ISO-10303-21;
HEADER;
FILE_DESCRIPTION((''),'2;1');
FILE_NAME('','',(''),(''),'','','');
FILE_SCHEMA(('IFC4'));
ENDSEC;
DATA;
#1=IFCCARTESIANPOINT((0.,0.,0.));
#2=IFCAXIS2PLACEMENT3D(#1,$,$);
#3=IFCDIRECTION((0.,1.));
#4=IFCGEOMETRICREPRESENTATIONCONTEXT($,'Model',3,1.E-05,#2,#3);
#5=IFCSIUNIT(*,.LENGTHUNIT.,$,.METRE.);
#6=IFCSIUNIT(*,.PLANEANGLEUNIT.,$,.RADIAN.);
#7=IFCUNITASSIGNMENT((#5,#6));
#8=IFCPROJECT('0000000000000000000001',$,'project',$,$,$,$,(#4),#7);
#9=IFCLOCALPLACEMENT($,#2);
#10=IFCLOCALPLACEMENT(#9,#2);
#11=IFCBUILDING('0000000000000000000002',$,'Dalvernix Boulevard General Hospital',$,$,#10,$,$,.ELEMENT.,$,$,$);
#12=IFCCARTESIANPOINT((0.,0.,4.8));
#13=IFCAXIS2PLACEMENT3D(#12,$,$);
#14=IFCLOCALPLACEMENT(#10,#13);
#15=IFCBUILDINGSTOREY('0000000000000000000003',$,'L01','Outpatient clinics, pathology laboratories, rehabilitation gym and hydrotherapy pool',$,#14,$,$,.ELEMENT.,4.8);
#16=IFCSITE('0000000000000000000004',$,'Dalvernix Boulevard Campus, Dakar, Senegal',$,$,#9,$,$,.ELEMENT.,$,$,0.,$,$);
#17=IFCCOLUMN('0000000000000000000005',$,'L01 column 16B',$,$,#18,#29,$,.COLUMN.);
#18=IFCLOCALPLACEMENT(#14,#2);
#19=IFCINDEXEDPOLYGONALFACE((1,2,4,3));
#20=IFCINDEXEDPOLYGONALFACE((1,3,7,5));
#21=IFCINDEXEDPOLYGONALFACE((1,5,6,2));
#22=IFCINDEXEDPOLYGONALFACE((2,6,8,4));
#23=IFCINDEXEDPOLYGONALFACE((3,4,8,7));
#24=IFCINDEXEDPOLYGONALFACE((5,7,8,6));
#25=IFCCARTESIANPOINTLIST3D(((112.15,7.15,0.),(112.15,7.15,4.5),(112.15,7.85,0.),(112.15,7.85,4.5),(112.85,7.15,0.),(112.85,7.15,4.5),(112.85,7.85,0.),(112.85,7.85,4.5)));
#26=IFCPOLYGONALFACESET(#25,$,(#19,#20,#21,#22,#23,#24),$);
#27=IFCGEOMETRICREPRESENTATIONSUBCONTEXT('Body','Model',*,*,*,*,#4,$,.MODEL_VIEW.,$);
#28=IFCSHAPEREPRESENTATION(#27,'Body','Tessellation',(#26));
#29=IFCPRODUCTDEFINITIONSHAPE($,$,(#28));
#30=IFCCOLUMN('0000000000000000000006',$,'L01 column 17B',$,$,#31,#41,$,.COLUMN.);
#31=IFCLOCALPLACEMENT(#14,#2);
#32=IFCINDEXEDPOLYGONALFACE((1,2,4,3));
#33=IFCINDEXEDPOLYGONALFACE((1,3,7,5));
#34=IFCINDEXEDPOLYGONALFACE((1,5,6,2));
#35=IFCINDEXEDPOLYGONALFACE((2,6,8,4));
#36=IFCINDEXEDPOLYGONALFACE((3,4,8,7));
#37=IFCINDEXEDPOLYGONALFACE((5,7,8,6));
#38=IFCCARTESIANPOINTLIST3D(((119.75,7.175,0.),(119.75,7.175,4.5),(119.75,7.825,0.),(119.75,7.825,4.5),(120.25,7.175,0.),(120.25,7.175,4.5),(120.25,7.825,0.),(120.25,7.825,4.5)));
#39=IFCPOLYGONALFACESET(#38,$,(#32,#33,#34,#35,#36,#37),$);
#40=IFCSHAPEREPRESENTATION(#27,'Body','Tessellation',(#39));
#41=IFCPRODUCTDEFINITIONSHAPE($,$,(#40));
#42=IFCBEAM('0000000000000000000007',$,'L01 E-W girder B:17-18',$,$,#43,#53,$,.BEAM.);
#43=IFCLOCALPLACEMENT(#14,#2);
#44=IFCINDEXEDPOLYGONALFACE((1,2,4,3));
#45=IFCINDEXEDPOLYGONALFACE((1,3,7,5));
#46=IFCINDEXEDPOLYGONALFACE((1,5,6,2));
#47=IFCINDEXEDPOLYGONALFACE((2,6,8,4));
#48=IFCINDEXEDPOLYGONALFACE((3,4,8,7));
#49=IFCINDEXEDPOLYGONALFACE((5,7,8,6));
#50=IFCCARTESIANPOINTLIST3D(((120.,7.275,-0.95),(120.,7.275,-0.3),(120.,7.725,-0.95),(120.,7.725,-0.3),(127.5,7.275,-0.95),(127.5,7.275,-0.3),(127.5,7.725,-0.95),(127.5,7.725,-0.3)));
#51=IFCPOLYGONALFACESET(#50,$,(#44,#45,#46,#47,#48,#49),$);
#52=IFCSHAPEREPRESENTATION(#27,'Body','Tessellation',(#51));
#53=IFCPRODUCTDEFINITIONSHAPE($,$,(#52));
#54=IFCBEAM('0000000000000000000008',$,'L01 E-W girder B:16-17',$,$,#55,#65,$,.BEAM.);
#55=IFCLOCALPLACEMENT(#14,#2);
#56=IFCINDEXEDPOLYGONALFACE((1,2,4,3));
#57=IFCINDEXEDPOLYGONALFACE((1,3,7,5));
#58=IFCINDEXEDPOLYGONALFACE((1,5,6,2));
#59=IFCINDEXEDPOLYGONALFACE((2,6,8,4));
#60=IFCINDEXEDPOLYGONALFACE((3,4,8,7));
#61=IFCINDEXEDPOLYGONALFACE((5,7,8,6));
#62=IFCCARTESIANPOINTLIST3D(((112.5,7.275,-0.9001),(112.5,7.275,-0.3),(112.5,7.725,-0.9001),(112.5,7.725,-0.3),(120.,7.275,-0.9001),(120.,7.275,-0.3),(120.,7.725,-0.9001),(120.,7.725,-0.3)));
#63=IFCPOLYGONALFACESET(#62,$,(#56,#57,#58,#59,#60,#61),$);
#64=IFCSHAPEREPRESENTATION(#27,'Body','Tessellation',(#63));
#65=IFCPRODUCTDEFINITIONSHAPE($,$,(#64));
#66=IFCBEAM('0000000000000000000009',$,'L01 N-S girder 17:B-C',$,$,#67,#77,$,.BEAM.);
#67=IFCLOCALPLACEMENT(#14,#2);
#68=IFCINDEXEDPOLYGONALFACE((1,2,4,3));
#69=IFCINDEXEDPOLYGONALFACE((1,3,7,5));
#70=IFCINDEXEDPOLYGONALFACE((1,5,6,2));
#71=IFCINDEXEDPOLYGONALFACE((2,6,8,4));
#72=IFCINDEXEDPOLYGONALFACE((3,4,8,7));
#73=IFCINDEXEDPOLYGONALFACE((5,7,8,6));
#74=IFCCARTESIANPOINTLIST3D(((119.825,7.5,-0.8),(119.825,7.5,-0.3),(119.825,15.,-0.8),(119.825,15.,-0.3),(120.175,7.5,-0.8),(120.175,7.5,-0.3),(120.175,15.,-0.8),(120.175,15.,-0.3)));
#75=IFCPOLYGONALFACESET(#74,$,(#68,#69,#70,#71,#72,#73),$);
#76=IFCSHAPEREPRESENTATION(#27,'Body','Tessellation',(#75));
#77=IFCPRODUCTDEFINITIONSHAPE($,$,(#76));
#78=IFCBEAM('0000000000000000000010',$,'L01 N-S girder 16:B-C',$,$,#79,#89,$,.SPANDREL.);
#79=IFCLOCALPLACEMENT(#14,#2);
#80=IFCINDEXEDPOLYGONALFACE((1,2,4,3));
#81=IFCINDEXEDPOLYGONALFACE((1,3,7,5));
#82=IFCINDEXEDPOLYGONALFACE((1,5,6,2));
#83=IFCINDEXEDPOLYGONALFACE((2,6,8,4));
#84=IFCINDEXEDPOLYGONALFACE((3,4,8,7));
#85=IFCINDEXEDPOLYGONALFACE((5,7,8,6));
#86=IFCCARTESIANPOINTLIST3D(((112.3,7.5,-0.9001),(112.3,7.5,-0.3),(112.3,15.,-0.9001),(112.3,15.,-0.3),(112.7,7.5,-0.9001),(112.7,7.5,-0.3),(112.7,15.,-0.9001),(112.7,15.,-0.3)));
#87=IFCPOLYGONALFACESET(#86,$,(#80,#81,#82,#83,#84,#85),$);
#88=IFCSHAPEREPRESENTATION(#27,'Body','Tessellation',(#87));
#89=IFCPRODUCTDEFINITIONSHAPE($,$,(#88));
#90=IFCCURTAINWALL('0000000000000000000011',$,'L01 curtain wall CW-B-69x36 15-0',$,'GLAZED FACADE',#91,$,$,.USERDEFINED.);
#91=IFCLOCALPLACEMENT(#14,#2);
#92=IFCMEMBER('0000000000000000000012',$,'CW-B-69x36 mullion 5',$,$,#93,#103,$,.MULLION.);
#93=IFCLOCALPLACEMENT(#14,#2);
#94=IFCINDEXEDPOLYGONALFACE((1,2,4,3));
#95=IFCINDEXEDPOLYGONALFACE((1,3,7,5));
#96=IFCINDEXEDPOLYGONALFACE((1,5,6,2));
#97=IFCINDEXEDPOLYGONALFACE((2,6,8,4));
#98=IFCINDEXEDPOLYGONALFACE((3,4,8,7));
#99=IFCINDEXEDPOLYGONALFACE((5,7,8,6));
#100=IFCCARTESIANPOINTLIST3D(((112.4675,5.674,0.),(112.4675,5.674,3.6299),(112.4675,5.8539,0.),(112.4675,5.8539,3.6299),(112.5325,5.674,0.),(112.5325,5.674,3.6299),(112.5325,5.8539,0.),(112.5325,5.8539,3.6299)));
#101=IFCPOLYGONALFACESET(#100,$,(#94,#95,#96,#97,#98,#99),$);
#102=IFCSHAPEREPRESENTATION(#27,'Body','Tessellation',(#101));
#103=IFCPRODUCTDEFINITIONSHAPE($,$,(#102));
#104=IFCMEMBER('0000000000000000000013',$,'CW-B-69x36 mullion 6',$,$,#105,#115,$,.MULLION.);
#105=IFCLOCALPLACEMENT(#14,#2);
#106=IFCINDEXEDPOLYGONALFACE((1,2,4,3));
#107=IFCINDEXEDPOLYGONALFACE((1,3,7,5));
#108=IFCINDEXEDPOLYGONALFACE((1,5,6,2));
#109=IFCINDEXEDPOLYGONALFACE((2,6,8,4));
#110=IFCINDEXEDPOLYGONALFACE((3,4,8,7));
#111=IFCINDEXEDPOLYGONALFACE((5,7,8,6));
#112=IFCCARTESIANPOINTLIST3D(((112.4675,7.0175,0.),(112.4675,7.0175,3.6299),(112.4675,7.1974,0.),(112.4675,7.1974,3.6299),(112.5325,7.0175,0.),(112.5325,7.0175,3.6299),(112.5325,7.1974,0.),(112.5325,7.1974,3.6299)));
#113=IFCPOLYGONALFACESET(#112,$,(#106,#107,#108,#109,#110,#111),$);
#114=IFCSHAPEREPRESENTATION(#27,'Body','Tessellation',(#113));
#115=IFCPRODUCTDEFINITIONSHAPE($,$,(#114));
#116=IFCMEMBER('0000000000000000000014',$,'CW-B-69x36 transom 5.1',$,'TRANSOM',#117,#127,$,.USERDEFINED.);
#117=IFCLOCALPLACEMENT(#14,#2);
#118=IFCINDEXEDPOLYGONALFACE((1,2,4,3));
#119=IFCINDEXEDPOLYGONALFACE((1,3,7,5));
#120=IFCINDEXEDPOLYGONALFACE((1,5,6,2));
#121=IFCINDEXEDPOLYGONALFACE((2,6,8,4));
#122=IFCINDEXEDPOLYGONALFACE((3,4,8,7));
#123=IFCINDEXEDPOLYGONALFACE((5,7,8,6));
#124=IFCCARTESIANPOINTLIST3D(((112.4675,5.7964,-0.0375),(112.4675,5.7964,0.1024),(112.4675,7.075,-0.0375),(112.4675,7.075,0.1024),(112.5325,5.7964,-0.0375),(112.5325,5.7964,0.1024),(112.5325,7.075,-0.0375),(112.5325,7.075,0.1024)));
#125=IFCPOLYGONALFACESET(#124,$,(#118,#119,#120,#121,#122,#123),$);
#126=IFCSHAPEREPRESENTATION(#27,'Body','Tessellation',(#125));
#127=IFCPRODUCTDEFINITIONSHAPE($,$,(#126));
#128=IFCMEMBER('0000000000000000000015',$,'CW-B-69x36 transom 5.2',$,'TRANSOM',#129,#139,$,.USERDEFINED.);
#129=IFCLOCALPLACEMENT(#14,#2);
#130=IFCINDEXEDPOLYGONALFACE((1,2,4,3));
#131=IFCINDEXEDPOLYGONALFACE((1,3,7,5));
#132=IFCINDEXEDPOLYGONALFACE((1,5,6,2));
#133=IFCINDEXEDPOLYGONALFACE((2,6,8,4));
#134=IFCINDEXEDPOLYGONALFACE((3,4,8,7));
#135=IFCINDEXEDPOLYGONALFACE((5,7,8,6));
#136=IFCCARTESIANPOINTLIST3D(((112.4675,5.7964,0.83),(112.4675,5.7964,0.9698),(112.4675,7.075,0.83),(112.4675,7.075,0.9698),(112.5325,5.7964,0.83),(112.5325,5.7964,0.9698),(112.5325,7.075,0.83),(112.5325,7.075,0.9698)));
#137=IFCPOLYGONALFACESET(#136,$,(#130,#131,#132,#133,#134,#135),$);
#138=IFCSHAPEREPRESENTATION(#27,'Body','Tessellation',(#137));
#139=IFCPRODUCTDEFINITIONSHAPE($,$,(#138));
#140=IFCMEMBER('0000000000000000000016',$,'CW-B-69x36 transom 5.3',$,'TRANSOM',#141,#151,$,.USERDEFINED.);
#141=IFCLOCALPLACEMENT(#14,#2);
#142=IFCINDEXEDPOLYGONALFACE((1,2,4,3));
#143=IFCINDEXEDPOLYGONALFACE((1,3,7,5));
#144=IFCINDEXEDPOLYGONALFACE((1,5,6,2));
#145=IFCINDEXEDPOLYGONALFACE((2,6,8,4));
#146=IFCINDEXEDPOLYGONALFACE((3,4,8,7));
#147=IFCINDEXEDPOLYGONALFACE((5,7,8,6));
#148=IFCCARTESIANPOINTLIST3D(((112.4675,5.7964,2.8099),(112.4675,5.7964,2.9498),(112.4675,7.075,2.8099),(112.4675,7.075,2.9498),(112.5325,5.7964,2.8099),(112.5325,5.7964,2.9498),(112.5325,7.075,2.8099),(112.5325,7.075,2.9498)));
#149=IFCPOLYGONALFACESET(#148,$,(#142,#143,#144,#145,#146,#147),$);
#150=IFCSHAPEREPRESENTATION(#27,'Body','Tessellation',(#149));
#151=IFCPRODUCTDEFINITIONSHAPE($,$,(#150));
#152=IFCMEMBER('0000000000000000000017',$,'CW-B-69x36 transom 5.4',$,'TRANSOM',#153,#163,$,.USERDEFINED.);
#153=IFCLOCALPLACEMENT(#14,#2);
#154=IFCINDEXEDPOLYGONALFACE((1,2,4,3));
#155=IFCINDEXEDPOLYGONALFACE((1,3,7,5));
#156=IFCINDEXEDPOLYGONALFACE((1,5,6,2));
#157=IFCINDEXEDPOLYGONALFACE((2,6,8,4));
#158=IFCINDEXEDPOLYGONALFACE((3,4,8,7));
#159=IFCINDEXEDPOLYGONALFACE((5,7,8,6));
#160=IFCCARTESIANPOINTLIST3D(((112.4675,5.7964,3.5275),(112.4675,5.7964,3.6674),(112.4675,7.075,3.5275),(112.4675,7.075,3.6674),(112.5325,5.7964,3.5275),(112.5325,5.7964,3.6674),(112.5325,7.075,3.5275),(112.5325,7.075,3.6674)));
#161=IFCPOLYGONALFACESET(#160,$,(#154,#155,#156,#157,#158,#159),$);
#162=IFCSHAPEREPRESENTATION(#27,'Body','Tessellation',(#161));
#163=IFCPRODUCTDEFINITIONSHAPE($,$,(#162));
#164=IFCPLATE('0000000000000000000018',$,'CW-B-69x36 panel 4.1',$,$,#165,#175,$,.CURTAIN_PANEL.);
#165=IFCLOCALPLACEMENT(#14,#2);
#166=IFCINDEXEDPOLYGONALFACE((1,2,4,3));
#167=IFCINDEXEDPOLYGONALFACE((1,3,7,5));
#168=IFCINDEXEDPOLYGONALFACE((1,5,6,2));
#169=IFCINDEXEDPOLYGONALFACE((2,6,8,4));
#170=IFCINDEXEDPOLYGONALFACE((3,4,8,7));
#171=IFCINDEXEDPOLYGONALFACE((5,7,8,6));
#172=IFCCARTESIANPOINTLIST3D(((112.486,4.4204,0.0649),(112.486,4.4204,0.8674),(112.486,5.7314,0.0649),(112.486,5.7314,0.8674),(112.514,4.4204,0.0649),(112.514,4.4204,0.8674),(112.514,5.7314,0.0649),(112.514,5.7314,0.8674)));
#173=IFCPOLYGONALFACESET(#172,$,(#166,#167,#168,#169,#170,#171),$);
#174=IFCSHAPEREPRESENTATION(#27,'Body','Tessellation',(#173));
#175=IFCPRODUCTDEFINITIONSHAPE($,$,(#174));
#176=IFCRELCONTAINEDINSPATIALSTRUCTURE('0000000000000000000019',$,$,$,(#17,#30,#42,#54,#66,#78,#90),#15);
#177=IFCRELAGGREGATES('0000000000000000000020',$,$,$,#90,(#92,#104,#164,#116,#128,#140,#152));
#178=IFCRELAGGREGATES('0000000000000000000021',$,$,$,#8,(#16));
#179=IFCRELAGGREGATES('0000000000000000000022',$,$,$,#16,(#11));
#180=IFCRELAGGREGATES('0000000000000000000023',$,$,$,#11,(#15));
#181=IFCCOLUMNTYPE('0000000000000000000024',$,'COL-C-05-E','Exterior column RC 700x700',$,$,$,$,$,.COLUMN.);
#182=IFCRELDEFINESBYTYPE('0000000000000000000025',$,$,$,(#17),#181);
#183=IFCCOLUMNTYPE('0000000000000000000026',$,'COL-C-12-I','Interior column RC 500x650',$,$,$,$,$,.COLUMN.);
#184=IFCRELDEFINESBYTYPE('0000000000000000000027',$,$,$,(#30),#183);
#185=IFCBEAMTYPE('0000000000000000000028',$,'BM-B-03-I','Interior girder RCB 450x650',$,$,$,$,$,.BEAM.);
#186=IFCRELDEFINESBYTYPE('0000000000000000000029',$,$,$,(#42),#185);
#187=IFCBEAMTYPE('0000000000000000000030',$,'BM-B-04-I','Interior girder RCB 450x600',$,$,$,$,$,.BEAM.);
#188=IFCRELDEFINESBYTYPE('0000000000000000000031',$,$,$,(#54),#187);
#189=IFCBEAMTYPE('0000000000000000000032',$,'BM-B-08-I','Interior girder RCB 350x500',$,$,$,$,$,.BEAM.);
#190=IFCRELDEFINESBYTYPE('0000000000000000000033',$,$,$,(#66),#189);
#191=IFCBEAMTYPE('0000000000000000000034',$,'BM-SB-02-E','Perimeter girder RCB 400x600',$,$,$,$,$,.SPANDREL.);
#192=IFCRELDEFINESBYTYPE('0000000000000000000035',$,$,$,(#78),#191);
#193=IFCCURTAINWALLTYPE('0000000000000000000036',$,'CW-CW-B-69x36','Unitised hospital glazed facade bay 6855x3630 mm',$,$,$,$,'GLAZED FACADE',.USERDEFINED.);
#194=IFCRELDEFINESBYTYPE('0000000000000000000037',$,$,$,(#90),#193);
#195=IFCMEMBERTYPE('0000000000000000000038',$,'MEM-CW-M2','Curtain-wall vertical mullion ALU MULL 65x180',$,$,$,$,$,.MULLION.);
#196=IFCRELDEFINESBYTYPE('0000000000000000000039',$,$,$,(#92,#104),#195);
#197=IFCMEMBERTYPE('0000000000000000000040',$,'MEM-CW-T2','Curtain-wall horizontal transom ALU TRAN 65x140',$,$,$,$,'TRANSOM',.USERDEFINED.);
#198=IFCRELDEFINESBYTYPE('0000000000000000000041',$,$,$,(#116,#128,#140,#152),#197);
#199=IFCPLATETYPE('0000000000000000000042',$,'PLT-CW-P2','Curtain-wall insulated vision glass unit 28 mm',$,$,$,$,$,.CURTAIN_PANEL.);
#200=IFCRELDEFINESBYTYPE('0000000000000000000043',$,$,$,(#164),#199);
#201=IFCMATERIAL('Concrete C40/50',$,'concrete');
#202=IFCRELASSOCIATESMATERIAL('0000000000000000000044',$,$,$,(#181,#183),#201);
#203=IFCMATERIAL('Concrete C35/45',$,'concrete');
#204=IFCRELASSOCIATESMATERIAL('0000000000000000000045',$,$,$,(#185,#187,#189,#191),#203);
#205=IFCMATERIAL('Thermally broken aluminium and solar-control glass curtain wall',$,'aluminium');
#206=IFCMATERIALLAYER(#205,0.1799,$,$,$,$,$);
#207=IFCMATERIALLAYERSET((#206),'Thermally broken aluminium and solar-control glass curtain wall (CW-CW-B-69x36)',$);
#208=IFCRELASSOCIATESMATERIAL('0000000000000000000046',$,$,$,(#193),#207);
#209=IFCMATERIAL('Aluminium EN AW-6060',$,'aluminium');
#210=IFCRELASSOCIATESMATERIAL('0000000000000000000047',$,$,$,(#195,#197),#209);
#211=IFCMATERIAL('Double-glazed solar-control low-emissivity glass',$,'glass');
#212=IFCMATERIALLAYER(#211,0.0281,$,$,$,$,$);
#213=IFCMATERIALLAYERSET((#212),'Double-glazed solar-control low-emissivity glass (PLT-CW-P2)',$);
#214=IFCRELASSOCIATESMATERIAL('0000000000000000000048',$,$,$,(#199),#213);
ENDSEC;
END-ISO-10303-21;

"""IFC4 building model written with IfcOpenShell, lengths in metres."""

from ifc_helpers import new_model, si_unit, direction, frame, origin, origin_2d, place, context, subcontext, project, spatial, rectangle, extrude, material, layer, layer_set, material_profile, profile_set, type_object, element, aggregate, save


model = new_model("IFC4")

# Units and contexts
model_context = context("Model", 3, precision=1e-05, world=origin(), true_north=direction((0.0, 1.0)))
body_context = subcontext(model_context, "Body", "Model", "MODEL_VIEW")
ifc_project = project(units=[si_unit("LENGTHUNIT", "METRE"), si_unit("PLANEANGLEUNIT", "RADIAN")], contexts=[model_context])

# Site, building, storey
site_placement = place(None, origin())
site = spatial("IfcSite", under=ifc_project, at=site_placement, Name="Dalvernix Boulevard Campus, Dakar, Senegal", CompositionType="ELEMENT", RefElevation=0.0)
building_placement = place(site_placement, origin())
building = spatial("IfcBuilding", under=site, at=building_placement, Name="Dalvernix Boulevard General Hospital", CompositionType="ELEMENT")
storey_placement = place(building_placement, frame((0.0, 0.0, 4.8)))
storey = spatial("IfcBuildingStorey", under=building, at=storey_placement, Name="L01", Description="Outpatient clinics, pathology laboratories, rehabilitation gym and hydrotherapy pool", CompositionType="ELEMENT", Elevation=4.8)

# Columns
ifc_material_1 = material(Name="Concrete C40/50", Category="concrete")
ifc_material_profile_1 = material_profile(ifc_material_1, rectangle(XDim=0.7, YDim=0.7, at=origin_2d()), Name="RC 700x700")
ifc_profile_set_1 = profile_set([ifc_material_profile_1], Name="Concrete C40/50")
column_type_1 = type_object("IfcColumnType", Name="COL-C-05-E", Description="Exterior column RC 700x700", PredefinedType="COLUMN", material=ifc_profile_set_1)
column_1_placement = place(storey_placement, frame((112.5, 7.5, 0.0), z_axis=(0.0, 0.0, 1.0), x_axis=(1.0, 0.0, 0.0)))
element("IfcColumn", 1, at=column_1_placement, inside=storey, type_object=column_type_1, Name="L01 column 16B", PredefinedType="COLUMN", context=body_context, shape_type="SweptSolid", body=[
    extrude(rectangle(XDim=0.7, YDim=0.7, at=origin_2d()), origin(), (0.0, 0.0, 1.0), 4.5),
])
ifc_material_profile_2 = material_profile(ifc_material_1, rectangle(XDim=0.5, YDim=0.6499, at=origin_2d()), Name="RC 500x650")
ifc_profile_set_2 = profile_set([ifc_material_profile_2], Name="Concrete C40/50")
column_type_2 = type_object("IfcColumnType", Name="COL-C-12-I", Description="Interior column RC 500x650", PredefinedType="COLUMN", material=ifc_profile_set_2)
column_2_placement = place(storey_placement, frame((120.0, 7.5, 0.0), z_axis=(0.0, 0.0, 1.0), x_axis=(1.0, 0.0, 0.0)))
element("IfcColumn", 2, at=column_2_placement, inside=storey, type_object=column_type_2, Name="L01 column 17B", PredefinedType="COLUMN", context=body_context, shape_type="SweptSolid", body=[
    extrude(rectangle(XDim=0.5, YDim=0.6499, at=origin_2d()), origin(), (0.0, 0.0, 1.0), 4.5),
])

# Beams
ifc_material_2 = material(Name="Concrete C35/45", Category="concrete")
ifc_material_profile_3 = material_profile(ifc_material_2, rectangle(XDim=0.45, YDim=0.6499, at=origin_2d()), Name="RCB 450x650")
ifc_profile_set_3 = profile_set([ifc_material_profile_3], Name="Concrete C35/45")
beam_type_1 = type_object("IfcBeamType", Name="BM-B-03-I", Description="Interior girder RCB 450x650", PredefinedType="BEAM", material=ifc_profile_set_3)
beam_1_placement = place(storey_placement, frame((120.0, 7.5, -0.625), z_axis=(1.0, 0.0, 0.0), x_axis=(0.0, 1.0, 0.0)))
element("IfcBeam", 3, at=beam_1_placement, inside=storey, type_object=beam_type_1, Name="L01 E-W girder B:17-18", PredefinedType="BEAM", context=body_context, shape_type="SweptSolid", body=[
    extrude(rectangle(XDim=0.45, YDim=0.6499, at=origin_2d()), origin(), (0.0, 0.0, 1.0), 7.5),
])
ifc_material_profile_4 = material_profile(ifc_material_2, rectangle(XDim=0.45, YDim=0.6001, at=origin_2d()), Name="RCB 450x600")
ifc_profile_set_4 = profile_set([ifc_material_profile_4], Name="Concrete C35/45")
beam_type_2 = type_object("IfcBeamType", Name="BM-B-04-I", Description="Interior girder RCB 450x600", PredefinedType="BEAM", material=ifc_profile_set_4)
beam_2_placement = place(storey_placement, frame((112.5, 7.5, -0.6001), z_axis=(1.0, 0.0, 0.0), x_axis=(0.0, 1.0, 0.0)))
element("IfcBeam", 4, at=beam_2_placement, inside=storey, type_object=beam_type_2, Name="L01 E-W girder B:16-17", PredefinedType="BEAM", context=body_context, shape_type="SweptSolid", body=[
    extrude(rectangle(XDim=0.45, YDim=0.6001, at=origin_2d()), origin(), (0.0, 0.0, 1.0), 7.5),
])
ifc_material_profile_5 = material_profile(ifc_material_2, rectangle(XDim=0.3501, YDim=0.5, at=origin_2d()), Name="RCB 350x500")
ifc_profile_set_5 = profile_set([ifc_material_profile_5], Name="Concrete C35/45")
beam_type_3 = type_object("IfcBeamType", Name="BM-B-08-I", Description="Interior girder RCB 350x500", PredefinedType="BEAM", material=ifc_profile_set_5)
beam_3_placement = place(storey_placement, frame((120.0, 7.5, -0.55), z_axis=(0.0, 1.0, 0.0), x_axis=(-1.0, 0.0, 0.0)))
element("IfcBeam", 5, at=beam_3_placement, inside=storey, type_object=beam_type_3, Name="L01 N-S girder 17:B-C", PredefinedType="BEAM", context=body_context, shape_type="SweptSolid", body=[
    extrude(rectangle(XDim=0.3501, YDim=0.5, at=origin_2d()), origin(), (0.0, 0.0, 1.0), 7.5),
])
ifc_material_profile_6 = material_profile(ifc_material_2, rectangle(XDim=0.3999, YDim=0.6001, at=origin_2d()), Name="RCB 400x600")
ifc_profile_set_6 = profile_set([ifc_material_profile_6], Name="Concrete C35/45")
beam_type_4 = type_object("IfcBeamType", Name="BM-SB-02-E", Description="Perimeter girder RCB 400x600", PredefinedType="SPANDREL", material=ifc_profile_set_6)
beam_4_placement = place(storey_placement, frame((112.5, 7.5, -0.6001), z_axis=(0.0, 1.0, 0.0), x_axis=(-1.0, 0.0, 0.0)))
element("IfcBeam", 6, at=beam_4_placement, inside=storey, type_object=beam_type_4, Name="L01 N-S girder 16:B-C", PredefinedType="SPANDREL", context=body_context, shape_type="SweptSolid", body=[
    extrude(rectangle(XDim=0.3999, YDim=0.6001, at=origin_2d()), origin(), (0.0, 0.0, 1.0), 7.5),
])

# Curtain wall, members, plate
ifc_material_3 = material(Name="Thermally broken aluminium and solar-control glass curtain wall", Category="aluminium")
ifc_layer_1 = layer(ifc_material_3, 0.1799)
ifc_layer_set_1 = layer_set([ifc_layer_1], Name="Thermally broken aluminium and solar-control glass curtain wall (CW-CW-B-69x36)")
curtain_wall_type = type_object("IfcCurtainWallType", Name="CW-CW-B-69x36", Description="Unitised hospital glazed facade bay 6855x3630 mm", ElementType="GLAZED FACADE", PredefinedType="USERDEFINED", material=ifc_layer_set_1)
curtain_wall_placement = place(storey_placement, origin())
curtain_wall = element("IfcCurtainWall", 7, at=curtain_wall_placement, inside=storey, type_object=curtain_wall_type, Name="L01 curtain wall CW-B-69x36 15-0", ObjectType="GLAZED FACADE", PredefinedType="USERDEFINED")
ifc_material_4 = material(Name="Aluminium EN AW-6060", Category="aluminium")
ifc_material_profile_7 = material_profile(ifc_material_4, rectangle(XDim=0.0649, YDim=0.1799, at=origin_2d()), Name="ALU MULL 65x180")
ifc_profile_set_7 = profile_set([ifc_material_profile_7], Name="Aluminium EN AW-6060")
member_type_1 = type_object("IfcMemberType", Name="MEM-CW-M2", Description="Curtain-wall vertical mullion ALU MULL 65x180", PredefinedType="MULLION", material=ifc_profile_set_7)
member_1_placement = place(storey_placement, frame((112.5, 5.7639, 0.0), z_axis=(0.0, 0.0, 1.0), x_axis=(-1.0, 0.0, 0.0)))
member_1 = element("IfcMember", 8, at=member_1_placement, type_object=member_type_1, Name="CW-B-69x36 mullion 5", PredefinedType="MULLION", context=body_context, shape_type="SweptSolid", body=[
    extrude(rectangle(XDim=0.0649, YDim=0.1799, at=origin_2d()), origin(), (0.0, 0.0, 1.0), 3.6299),
])
member_2_placement = place(storey_placement, frame((112.5, 7.1074, 0.0), z_axis=(0.0, 0.0, 1.0), x_axis=(-1.0, 0.0, 0.0)))
member_2 = element("IfcMember", 9, at=member_2_placement, type_object=member_type_1, Name="CW-B-69x36 mullion 6", PredefinedType="MULLION", context=body_context, shape_type="SweptSolid", body=[
    extrude(rectangle(XDim=0.0649, YDim=0.1799, at=origin_2d()), origin(), (0.0, 0.0, 1.0), 3.6299),
])
ifc_material_profile_8 = material_profile(ifc_material_4, rectangle(XDim=0.0649, YDim=0.1399, at=origin_2d()), Name="ALU TRAN 65x140")
ifc_profile_set_8 = profile_set([ifc_material_profile_8], Name="Aluminium EN AW-6060")
member_type_2 = type_object("IfcMemberType", Name="MEM-CW-T2", Description="Curtain-wall horizontal transom ALU TRAN 65x140", ElementType="TRANSOM", PredefinedType="USERDEFINED", material=ifc_profile_set_8)
member_3_placement = place(storey_placement, frame((112.5, 5.7964, 0.0325), z_axis=(0.0, 1.0, 0.0), x_axis=(-1.0, 0.0, 0.0)))
member_3 = element("IfcMember", 10, at=member_3_placement, type_object=member_type_2, Name="CW-B-69x36 transom 5.1", ObjectType="TRANSOM", PredefinedType="USERDEFINED", context=body_context, shape_type="SweptSolid", body=[
    extrude(rectangle(XDim=0.0649, YDim=0.1399, at=origin_2d()), origin(), (0.0, 0.0, 1.0), 1.2786),
])
member_4_placement = place(storey_placement, frame((112.5, 5.7964, 0.8999), z_axis=(0.0, 1.0, 0.0), x_axis=(-1.0, 0.0, 0.0)))
member_4 = element("IfcMember", 11, at=member_4_placement, type_object=member_type_2, Name="CW-B-69x36 transom 5.2", ObjectType="TRANSOM", PredefinedType="USERDEFINED", context=body_context, shape_type="SweptSolid", body=[
    extrude(rectangle(XDim=0.0649, YDim=0.1399, at=origin_2d()), origin(), (0.0, 0.0, 1.0), 1.2786),
])
member_5_placement = place(storey_placement, frame((112.5, 5.7964, 2.8799), z_axis=(0.0, 1.0, 0.0), x_axis=(-1.0, 0.0, 0.0)))
member_5 = element("IfcMember", 12, at=member_5_placement, type_object=member_type_2, Name="CW-B-69x36 transom 5.3", ObjectType="TRANSOM", PredefinedType="USERDEFINED", context=body_context, shape_type="SweptSolid", body=[
    extrude(rectangle(XDim=0.0649, YDim=0.1399, at=origin_2d()), origin(), (0.0, 0.0, 1.0), 1.2786),
])
member_6_placement = place(storey_placement, frame((112.5, 5.7964, 3.5974), z_axis=(0.0, 1.0, 0.0), x_axis=(-1.0, 0.0, 0.0)))
member_6 = element("IfcMember", 13, at=member_6_placement, type_object=member_type_2, Name="CW-B-69x36 transom 5.4", ObjectType="TRANSOM", PredefinedType="USERDEFINED", context=body_context, shape_type="SweptSolid", body=[
    extrude(rectangle(XDim=0.0649, YDim=0.1399, at=origin_2d()), origin(), (0.0, 0.0, 1.0), 1.2786),
])
ifc_material_5 = material(Name="Double-glazed solar-control low-emissivity glass", Category="glass")
ifc_layer_2 = layer(ifc_material_5, 0.0281)
ifc_layer_set_2 = layer_set([ifc_layer_2], Name="Double-glazed solar-control low-emissivity glass (PLT-CW-P2)")
plate_type = type_object("IfcPlateType", Name="PLT-CW-P2", Description="Curtain-wall insulated vision glass unit 28 mm", PredefinedType="CURTAIN_PANEL", material=ifc_layer_set_2)
plate_1_placement = place(storey_placement, frame((112.5, 5.0759, 0.0649), z_axis=(0.0, 0.0, 1.0), x_axis=(0.0, 1.0, 0.0)))
plate_1 = element("IfcPlate", 14, at=plate_1_placement, type_object=plate_type, Name="CW-B-69x36 panel 4.1", PredefinedType="CURTAIN_PANEL", context=body_context, shape_type="SweptSolid", body=[
    extrude(rectangle(XDim=1.311, YDim=0.0281, at=origin_2d()), origin(), (0.0, 0.0, 1.0), 0.8025),
])
aggregate(curtain_wall, [member_1, member_2, plate_1, member_3, member_4, member_5, member_6])

save(model, "model.ifc")
